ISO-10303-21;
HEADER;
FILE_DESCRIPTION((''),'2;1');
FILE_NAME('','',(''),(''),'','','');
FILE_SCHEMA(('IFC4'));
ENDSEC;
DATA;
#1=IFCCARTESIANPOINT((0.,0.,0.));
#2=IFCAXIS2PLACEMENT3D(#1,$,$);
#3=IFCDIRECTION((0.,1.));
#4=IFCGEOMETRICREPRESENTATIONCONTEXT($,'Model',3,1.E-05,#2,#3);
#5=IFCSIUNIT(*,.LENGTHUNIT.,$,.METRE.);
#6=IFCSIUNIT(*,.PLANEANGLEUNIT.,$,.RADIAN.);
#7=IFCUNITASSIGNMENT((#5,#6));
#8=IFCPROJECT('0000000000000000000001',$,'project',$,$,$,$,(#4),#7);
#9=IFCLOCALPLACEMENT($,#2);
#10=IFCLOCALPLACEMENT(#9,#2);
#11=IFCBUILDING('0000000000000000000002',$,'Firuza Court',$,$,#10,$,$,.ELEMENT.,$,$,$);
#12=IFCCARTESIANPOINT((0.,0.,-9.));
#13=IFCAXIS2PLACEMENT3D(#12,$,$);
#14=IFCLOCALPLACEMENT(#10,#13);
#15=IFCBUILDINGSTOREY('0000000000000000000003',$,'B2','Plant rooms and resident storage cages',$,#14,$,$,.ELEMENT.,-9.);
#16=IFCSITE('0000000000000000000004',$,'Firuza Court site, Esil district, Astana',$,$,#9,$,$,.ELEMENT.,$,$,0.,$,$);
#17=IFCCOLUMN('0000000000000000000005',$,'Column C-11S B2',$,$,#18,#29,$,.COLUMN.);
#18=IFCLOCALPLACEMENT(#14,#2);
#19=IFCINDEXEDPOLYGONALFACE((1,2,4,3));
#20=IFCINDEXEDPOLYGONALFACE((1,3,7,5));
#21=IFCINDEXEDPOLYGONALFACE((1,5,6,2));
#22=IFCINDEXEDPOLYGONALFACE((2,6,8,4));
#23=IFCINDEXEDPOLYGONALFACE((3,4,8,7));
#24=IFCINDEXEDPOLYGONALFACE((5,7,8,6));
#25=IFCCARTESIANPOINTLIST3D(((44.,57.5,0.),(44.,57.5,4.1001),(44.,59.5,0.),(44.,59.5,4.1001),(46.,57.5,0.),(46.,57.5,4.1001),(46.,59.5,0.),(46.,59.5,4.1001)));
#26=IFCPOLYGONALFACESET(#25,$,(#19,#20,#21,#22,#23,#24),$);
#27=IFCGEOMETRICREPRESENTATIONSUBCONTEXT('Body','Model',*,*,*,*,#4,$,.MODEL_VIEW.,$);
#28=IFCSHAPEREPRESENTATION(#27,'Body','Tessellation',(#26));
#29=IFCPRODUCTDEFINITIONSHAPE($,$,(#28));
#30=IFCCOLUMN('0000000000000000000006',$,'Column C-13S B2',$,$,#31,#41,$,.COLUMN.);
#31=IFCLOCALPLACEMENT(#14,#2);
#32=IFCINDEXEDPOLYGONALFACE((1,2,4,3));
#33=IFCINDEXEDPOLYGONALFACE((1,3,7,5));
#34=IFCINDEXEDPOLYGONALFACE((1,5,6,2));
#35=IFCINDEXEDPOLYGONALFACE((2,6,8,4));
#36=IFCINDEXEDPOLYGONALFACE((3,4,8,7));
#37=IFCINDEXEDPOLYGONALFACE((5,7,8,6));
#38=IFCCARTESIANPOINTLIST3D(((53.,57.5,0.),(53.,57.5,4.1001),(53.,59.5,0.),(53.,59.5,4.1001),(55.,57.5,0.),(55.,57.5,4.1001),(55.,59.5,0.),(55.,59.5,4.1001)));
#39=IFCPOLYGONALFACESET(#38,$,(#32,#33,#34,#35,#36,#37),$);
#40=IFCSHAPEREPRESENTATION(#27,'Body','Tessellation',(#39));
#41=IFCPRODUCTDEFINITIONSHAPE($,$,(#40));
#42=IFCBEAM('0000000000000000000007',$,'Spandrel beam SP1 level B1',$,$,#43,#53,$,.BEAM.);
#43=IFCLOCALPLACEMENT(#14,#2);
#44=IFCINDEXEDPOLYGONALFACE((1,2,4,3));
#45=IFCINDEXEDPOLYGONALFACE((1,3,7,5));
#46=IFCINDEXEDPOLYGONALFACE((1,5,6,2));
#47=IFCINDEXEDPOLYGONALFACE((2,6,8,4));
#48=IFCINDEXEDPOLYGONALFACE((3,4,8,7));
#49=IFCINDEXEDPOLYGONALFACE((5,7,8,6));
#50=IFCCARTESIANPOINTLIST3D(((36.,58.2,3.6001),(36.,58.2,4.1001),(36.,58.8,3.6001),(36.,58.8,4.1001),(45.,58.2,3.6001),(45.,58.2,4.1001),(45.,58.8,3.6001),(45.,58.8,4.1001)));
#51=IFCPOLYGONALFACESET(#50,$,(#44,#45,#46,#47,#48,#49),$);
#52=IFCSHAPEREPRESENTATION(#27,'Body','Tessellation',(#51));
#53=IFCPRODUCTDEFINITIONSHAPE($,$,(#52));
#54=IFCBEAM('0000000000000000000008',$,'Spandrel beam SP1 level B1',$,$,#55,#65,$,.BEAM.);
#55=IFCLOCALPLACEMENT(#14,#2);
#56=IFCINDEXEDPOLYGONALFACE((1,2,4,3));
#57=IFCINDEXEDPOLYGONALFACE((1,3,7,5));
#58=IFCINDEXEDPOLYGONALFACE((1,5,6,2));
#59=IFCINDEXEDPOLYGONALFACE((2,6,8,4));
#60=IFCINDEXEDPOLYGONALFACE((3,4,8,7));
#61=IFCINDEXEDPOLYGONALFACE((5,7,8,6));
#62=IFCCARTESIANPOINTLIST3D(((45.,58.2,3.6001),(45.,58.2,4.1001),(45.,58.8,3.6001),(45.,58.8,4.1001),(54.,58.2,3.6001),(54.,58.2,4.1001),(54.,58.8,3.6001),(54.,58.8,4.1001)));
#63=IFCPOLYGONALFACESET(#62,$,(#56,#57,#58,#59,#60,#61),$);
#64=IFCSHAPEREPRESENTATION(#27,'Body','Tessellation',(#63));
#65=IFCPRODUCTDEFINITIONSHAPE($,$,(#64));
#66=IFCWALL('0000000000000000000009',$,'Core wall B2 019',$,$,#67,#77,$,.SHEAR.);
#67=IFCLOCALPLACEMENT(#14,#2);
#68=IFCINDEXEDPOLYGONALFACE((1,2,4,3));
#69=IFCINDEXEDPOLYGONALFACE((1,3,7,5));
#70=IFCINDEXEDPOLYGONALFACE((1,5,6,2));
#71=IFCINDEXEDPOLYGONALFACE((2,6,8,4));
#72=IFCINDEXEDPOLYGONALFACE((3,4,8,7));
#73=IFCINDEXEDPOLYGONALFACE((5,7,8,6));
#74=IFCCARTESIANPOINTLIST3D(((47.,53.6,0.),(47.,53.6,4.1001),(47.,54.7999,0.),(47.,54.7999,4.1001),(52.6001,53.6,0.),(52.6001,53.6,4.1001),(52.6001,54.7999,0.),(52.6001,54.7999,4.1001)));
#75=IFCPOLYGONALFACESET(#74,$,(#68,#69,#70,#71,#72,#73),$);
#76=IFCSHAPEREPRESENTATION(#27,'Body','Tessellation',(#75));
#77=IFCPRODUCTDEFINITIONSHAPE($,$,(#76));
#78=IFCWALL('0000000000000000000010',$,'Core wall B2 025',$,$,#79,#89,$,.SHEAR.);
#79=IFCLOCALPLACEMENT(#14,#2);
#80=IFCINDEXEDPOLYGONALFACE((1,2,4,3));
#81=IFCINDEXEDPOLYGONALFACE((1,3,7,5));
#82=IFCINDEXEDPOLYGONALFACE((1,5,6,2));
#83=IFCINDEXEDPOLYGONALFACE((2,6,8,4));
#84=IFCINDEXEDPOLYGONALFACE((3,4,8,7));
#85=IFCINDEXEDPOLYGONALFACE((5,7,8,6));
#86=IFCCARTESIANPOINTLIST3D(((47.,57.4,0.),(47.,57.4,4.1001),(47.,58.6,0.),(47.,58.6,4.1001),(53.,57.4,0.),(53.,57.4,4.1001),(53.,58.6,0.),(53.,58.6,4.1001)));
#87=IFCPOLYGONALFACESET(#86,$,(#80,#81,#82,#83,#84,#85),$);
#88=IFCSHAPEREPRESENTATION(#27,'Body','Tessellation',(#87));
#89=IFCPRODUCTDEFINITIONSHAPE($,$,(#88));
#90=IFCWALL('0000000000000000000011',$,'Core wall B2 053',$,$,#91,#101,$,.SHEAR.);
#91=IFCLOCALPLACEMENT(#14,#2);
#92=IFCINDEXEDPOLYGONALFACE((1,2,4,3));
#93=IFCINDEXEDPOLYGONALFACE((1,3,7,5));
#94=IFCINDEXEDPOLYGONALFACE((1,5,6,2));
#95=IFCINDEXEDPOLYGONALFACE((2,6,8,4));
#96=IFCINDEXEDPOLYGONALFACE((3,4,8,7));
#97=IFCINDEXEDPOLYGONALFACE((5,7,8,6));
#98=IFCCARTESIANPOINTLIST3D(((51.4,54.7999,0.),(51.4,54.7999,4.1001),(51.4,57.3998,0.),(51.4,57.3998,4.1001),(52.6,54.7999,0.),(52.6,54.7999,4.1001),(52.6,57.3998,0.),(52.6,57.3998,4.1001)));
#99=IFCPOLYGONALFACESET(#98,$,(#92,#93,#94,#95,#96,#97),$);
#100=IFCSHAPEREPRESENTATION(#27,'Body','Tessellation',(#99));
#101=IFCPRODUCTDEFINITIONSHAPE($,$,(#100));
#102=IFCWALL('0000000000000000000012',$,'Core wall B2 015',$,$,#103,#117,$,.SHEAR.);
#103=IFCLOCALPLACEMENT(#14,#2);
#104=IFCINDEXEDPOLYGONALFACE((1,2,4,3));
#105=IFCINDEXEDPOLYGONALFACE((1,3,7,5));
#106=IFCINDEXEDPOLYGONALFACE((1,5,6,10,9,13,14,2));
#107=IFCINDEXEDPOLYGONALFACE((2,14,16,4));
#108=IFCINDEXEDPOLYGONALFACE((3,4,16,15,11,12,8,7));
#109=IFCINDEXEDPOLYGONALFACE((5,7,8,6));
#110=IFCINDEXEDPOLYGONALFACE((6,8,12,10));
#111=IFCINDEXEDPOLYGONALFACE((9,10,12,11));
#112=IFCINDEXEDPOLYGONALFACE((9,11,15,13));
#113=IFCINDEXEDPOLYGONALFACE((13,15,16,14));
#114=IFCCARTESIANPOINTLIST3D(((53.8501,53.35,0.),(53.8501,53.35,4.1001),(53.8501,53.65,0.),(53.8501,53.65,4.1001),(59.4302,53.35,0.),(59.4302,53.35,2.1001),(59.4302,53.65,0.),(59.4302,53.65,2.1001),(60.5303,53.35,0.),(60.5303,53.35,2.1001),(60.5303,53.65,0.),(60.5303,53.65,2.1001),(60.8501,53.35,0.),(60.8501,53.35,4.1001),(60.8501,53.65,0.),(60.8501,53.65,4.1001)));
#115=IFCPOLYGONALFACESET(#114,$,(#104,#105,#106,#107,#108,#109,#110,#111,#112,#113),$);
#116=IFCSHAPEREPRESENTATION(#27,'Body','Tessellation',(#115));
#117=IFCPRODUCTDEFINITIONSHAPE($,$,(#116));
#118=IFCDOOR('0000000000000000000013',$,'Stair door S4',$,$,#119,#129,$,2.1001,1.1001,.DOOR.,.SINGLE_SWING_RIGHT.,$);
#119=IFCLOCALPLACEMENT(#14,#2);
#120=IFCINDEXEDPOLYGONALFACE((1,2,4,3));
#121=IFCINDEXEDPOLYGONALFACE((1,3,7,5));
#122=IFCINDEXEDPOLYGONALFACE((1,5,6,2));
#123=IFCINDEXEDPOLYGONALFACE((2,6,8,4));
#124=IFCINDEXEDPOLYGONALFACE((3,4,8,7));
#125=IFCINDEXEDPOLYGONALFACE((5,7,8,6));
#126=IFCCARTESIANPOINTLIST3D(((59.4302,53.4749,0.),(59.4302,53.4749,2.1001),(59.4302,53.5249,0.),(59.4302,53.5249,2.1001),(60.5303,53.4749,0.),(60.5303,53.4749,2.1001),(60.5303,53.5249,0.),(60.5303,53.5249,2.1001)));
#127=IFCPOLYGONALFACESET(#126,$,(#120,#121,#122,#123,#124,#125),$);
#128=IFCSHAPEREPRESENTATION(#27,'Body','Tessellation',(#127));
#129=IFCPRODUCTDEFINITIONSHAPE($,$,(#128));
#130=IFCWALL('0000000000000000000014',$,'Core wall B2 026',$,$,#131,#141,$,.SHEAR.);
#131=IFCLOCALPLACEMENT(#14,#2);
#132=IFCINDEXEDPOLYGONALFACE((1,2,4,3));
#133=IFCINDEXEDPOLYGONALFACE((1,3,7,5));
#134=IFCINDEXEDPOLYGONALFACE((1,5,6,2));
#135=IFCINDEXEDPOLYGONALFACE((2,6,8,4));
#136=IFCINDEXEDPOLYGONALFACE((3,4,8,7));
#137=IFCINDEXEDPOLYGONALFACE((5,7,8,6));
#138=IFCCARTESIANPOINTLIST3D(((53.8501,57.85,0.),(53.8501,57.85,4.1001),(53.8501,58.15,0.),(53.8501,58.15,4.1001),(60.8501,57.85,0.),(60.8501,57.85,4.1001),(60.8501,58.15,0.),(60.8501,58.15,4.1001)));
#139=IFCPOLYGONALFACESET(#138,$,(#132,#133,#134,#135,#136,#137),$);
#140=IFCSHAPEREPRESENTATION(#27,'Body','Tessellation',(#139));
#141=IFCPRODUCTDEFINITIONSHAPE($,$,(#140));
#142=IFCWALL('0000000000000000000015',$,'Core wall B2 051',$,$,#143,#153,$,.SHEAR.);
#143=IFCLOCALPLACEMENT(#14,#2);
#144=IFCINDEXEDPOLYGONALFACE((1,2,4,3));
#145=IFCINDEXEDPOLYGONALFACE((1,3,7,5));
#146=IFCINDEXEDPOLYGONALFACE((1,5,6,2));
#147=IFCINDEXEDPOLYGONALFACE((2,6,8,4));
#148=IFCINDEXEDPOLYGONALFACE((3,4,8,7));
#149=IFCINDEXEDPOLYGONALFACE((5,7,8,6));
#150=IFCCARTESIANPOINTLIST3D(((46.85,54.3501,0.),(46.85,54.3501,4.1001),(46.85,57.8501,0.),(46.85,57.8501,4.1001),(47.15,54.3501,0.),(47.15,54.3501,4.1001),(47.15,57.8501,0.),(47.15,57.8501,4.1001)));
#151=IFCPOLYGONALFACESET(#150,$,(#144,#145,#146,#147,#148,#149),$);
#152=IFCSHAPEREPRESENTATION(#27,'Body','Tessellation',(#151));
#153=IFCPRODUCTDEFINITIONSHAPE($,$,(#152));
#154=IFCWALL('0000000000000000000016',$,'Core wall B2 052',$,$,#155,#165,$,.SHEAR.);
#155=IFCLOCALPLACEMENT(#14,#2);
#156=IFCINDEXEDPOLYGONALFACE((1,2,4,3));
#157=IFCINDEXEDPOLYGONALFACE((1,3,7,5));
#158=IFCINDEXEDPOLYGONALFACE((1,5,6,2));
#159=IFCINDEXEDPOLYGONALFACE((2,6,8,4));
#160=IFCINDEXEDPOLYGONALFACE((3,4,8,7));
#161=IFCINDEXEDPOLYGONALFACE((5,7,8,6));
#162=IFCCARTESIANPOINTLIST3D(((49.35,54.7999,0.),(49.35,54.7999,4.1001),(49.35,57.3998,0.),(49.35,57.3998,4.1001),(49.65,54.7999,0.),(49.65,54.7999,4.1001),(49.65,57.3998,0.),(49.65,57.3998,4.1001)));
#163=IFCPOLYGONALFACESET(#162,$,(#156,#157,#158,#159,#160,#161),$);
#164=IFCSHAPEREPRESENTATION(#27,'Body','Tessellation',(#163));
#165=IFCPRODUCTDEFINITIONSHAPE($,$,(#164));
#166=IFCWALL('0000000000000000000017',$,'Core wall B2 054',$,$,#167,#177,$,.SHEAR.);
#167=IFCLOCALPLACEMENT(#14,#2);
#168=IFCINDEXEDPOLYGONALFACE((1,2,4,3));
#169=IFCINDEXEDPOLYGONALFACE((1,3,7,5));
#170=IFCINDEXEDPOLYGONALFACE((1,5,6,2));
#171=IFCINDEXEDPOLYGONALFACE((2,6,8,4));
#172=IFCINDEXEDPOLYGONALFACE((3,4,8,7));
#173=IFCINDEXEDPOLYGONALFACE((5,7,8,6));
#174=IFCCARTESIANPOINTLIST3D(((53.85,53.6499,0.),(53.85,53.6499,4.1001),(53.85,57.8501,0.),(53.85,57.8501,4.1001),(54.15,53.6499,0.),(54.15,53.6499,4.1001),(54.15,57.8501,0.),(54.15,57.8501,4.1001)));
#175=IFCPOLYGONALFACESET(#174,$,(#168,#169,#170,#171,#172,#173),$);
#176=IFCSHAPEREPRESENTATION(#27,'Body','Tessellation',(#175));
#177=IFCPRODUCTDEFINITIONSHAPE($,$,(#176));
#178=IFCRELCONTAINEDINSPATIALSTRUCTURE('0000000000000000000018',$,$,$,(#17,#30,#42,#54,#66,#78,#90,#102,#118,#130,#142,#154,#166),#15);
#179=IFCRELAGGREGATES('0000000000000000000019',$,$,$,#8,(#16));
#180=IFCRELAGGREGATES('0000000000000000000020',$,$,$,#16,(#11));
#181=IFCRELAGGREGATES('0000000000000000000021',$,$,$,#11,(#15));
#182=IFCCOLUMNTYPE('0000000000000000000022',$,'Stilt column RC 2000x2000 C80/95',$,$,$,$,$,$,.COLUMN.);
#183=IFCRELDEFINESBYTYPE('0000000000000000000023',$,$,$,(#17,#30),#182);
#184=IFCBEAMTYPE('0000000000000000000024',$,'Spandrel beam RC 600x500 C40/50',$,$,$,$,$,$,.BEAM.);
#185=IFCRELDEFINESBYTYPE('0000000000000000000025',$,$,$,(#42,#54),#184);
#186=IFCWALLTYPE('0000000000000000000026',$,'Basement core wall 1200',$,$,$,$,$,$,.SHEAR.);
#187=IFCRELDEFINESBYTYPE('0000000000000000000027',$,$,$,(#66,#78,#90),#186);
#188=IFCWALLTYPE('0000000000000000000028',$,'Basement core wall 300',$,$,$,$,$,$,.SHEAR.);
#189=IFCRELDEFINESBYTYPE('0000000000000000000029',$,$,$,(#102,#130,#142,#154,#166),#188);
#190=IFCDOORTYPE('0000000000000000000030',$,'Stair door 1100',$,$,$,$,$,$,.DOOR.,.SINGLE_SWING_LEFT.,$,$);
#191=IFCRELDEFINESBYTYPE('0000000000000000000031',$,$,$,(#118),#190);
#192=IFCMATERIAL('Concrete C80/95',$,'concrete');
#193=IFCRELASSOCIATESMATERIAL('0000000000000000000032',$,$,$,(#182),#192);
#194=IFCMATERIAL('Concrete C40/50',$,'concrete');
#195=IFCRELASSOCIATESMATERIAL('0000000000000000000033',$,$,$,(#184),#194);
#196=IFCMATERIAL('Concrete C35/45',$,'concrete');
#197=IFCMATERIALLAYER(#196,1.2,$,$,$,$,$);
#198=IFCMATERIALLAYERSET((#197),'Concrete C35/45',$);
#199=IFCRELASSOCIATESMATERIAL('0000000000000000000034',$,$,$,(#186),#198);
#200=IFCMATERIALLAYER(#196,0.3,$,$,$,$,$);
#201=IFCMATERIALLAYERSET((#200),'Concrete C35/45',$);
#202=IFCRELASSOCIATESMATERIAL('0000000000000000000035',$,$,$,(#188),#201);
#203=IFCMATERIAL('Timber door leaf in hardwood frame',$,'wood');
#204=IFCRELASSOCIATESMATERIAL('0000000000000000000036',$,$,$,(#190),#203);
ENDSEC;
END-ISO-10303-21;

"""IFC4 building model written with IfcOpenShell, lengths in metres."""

from ifc_helpers import new_model, si_unit, direction, frame, frame_2d, origin, origin_2d, place, context, subcontext, project, spatial, rectangle, extrude, material, layer, layer_set, material_profile, profile_set, type_object, element, fill, save


model = new_model("IFC4")

# Units and contexts
model_context = context("Model", 3, precision=1e-05, world=origin(), true_north=direction((0.0, 1.0)))
body_context = subcontext(model_context, "Body", "Model", "MODEL_VIEW")
ifc_project = project(units=[si_unit("LENGTHUNIT", "METRE"), si_unit("PLANEANGLEUNIT", "RADIAN")], contexts=[model_context])

# Site, building, storey
site_placement = place(None, origin())
site = spatial("IfcSite", under=ifc_project, at=site_placement, Name="Firuza Court site, Esil district, Astana", CompositionType="ELEMENT", RefElevation=0.0)
building_placement = place(site_placement, origin())
building = spatial("IfcBuilding", under=site, at=building_placement, Name="Firuza Court", CompositionType="ELEMENT")
storey_placement = place(building_placement, frame((0.0, 0.0, -9.0)))
storey = spatial("IfcBuildingStorey", under=building, at=storey_placement, Name="B2", Description="Plant rooms and resident storage cages", CompositionType="ELEMENT", Elevation=-9.0)

# Columns
ifc_material_1 = material(Name="Concrete C80/95", Category="concrete")
ifc_material_profile_1 = material_profile(ifc_material_1, rectangle(XDim=2.0, YDim=2.0, at=origin_2d()), Name="RC 2000x2000")
ifc_profile_set_1 = profile_set([ifc_material_profile_1], Name="Concrete C80/95")
column_type = type_object("IfcColumnType", Name="Stilt column RC 2000x2000 C80/95", PredefinedType="COLUMN", material=ifc_profile_set_1)
for number, where, z_axis, x_axis, name in (
    (1, (45.0, 58.5, 0.0), (0.0, 0.0, 1.0), (1.0, 0.0, 0.0), "Column C-11S B2"),
    (2, (54.0, 58.5, 0.0), (0.0, 0.0, 1.0), (1.0, 0.0, 0.0), "Column C-13S B2"),
):
    element("IfcColumn", number, at=place(storey_placement, frame(where, z_axis=z_axis, x_axis=x_axis)), inside=storey, type_object=column_type, Name=name, PredefinedType="COLUMN", context=body_context, shape_type="SweptSolid", body=[
        extrude(rectangle(XDim=2.0, YDim=2.0, at=origin_2d()), origin(), (0.0, 0.0, 1.0), 4.1001),
    ])

# Beams
ifc_material_2 = material(Name="Concrete C40/50", Category="concrete")
ifc_material_profile_2 = material_profile(ifc_material_2, rectangle(XDim=0.6001, YDim=0.5, at=origin_2d()), Name="RC 600x500")
ifc_profile_set_2 = profile_set([ifc_material_profile_2], Name="Concrete C40/50")
beam_type = type_object("IfcBeamType", Name="Spandrel beam RC 600x500 C40/50", PredefinedType="BEAM", material=ifc_profile_set_2)
for number, where, z_axis, x_axis, name in (
    (3, (45.0, 58.5, 3.8501), (-1.0, 0.0, 0.0), (0.0, -1.0, 0.0), "Spandrel beam SP1 level B1"),
    (4, (54.0, 58.5, 3.8501), (-1.0, 0.0, 0.0), (0.0, -1.0, 0.0), "Spandrel beam SP1 level B1"),
):
    element("IfcBeam", number, at=place(storey_placement, frame(where, z_axis=z_axis, x_axis=x_axis)), inside=storey, type_object=beam_type, Name=name, PredefinedType="BEAM", context=body_context, shape_type="SweptSolid", body=[
        extrude(rectangle(XDim=0.6001, YDim=0.5, at=origin_2d()), origin(), (0.0, 0.0, 1.0), 9.0),
    ])

# Walls
ifc_material_3 = material(Name="Concrete C35/45", Category="concrete")
ifc_layer_1 = layer(ifc_material_3, 1.2)
ifc_layer_set_1 = layer_set([ifc_layer_1], Name="Concrete C35/45")
wall_type_1 = type_object("IfcWallType", Name="Basement core wall 1200", PredefinedType="SHEAR", material=ifc_layer_set_1)
wall_1_placement = place(storey_placement, frame((47.0, 54.2, 0.0), z_axis=(0.0, 0.0, 1.0), x_axis=(1.0, 0.0, 0.0)))
element("IfcWall", 5, at=wall_1_placement, inside=storey, type_object=wall_type_1, Name="Core wall B2 019", PredefinedType="SHEAR", context=body_context, shape_type="SweptSolid", body=[
    extrude(rectangle(XDim=5.6001, YDim=1.2, at=frame_2d((2.8, 0.0))), origin(), (0.0, 0.0, 1.0), 4.1001),
])
wall_2_placement = place(storey_placement, frame((47.0, 58.0, 0.0), z_axis=(0.0, 0.0, 1.0), x_axis=(1.0, 0.0, 0.0)))
element("IfcWall", 6, at=wall_2_placement, inside=storey, type_object=wall_type_1, Name="Core wall B2 025", PredefinedType="SHEAR", context=body_context, shape_type="SweptSolid", body=[
    extrude(rectangle(XDim=6.0, YDim=1.2, at=frame_2d((3.0, 0.0))), origin(), (0.0, 0.0, 1.0), 4.1001),
])
wall_3_placement = place(storey_placement, frame((52.0, 54.8, 0.0), z_axis=(0.0, 0.0, 1.0), x_axis=(0.0, 1.0, 0.0)))
element("IfcWall", 7, at=wall_3_placement, inside=storey, type_object=wall_type_1, Name="Core wall B2 053", PredefinedType="SHEAR", context=body_context, shape_type="SweptSolid", body=[
    extrude(rectangle(XDim=2.5999, YDim=1.2, at=frame_2d((1.2998, 0.0))), origin(), (0.0, 0.0, 1.0), 4.1001),
])

# Wall, opening, door
ifc_layer_2 = layer(ifc_material_3, 0.3)
ifc_layer_set_2 = layer_set([ifc_layer_2], Name="Concrete C35/45")
wall_type_2 = type_object("IfcWallType", Name="Basement core wall 300", PredefinedType="SHEAR", material=ifc_layer_set_2)
wall_4_placement = place(storey_placement, frame((53.8501, 53.5, 0.0), z_axis=(0.0, 0.0, 1.0), x_axis=(1.0, 0.0, 0.0)))
wall_4 = element("IfcWall", 8, at=wall_4_placement, inside=storey, type_object=wall_type_2, Name="Core wall B2 015", PredefinedType="SHEAR", context=body_context, shape_type="SweptSolid", body=[
    extrude(rectangle(XDim=7.0, YDim=0.3, at=frame_2d((3.5, 0.0))), origin(), (0.0, 0.0, 1.0), 4.1001),
])
opening_placement = place(wall_4_placement, frame((5.5801, 0.0, 0.0)))
opening = element("IfcOpeningElement", 9, at=opening_placement, cuts=wall_4, PredefinedType="OPENING", context=body_context, shape_type="SweptSolid", body=[
    extrude(rectangle(XDim=1.1001, YDim=2.1001, at=frame_2d((0.55, 1.05))), frame((0.0, 0.1621, 0.0), z_axis=(0.0, -1.0, 0.0), x_axis=(1.0, 0.0, 0.0)), (0.0, 0.0, 1.0), 0.324),
])
ifc_material_4 = material(Name="Timber door leaf in hardwood frame", Category="wood")
door_type = type_object("IfcDoorType", Name="Stair door 1100", OperationType="SINGLE_SWING_LEFT", PredefinedType="DOOR", material=ifc_material_4)
door_placement = place(opening_placement, origin())
door = element("IfcDoor", 10, at=door_placement, inside=storey, type_object=door_type, Name="Stair door S4", OperationType="SINGLE_SWING_RIGHT", OverallHeight=2.1001, OverallWidth=1.1001, PredefinedType="DOOR", context=body_context, shape_type="SweptSolid", body=[
    extrude(rectangle(XDim=1.1001, YDim=2.1001, at=frame_2d((0.55, 1.05))), frame((0.0, 0.0249, 0.0), z_axis=(0.0, -1.0, 0.0), x_axis=(1.0, 0.0, 0.0)), (0.0, 0.0, 1.0), 0.05),
])
fill(opening, door)

# Walls
wall_5_placement = place(storey_placement, frame((53.8501, 58.0, 0.0), z_axis=(0.0, 0.0, 1.0), x_axis=(1.0, 0.0, 0.0)))
element("IfcWall", 11, at=wall_5_placement, inside=storey, type_object=wall_type_2, Name="Core wall B2 026", PredefinedType="SHEAR", context=body_context, shape_type="SweptSolid", body=[
    extrude(rectangle(XDim=7.0, YDim=0.3, at=frame_2d((3.5, 0.0))), origin(), (0.0, 0.0, 1.0), 4.1001),
])
wall_6_placement = place(storey_placement, frame((47.0, 54.3501, 0.0), z_axis=(0.0, 0.0, 1.0), x_axis=(0.0, 1.0, 0.0)))
element("IfcWall", 12, at=wall_6_placement, inside=storey, type_object=wall_type_2, Name="Core wall B2 051", PredefinedType="SHEAR", context=body_context, shape_type="SweptSolid", body=[
    extrude(rectangle(XDim=3.5, YDim=0.3, at=frame_2d((1.75, 0.0))), origin(), (0.0, 0.0, 1.0), 4.1001),
])
wall_7_placement = place(storey_placement, frame((49.5, 54.8, 0.0), z_axis=(0.0, 0.0, 1.0), x_axis=(0.0, 1.0, 0.0)))
element("IfcWall", 13, at=wall_7_placement, inside=storey, type_object=wall_type_2, Name="Core wall B2 052", PredefinedType="SHEAR", context=body_context, shape_type="SweptSolid", body=[
    extrude(rectangle(XDim=2.5999, YDim=0.3, at=frame_2d((1.2998, 0.0))), origin(), (0.0, 0.0, 1.0), 4.1001),
])
wall_8_placement = place(storey_placement, frame((54.0, 53.6499, 0.0), z_axis=(0.0, 0.0, 1.0), x_axis=(0.0, 1.0, 0.0)))
element("IfcWall", 14, at=wall_8_placement, inside=storey, type_object=wall_type_2, Name="Core wall B2 054", PredefinedType="SHEAR", context=body_context, shape_type="SweptSolid", body=[
    extrude(rectangle(XDim=4.2002, YDim=0.3, at=frame_2d((2.1001, 0.0))), origin(), (0.0, 0.0, 1.0), 4.1001),
])

save(model, "model.ifc")
